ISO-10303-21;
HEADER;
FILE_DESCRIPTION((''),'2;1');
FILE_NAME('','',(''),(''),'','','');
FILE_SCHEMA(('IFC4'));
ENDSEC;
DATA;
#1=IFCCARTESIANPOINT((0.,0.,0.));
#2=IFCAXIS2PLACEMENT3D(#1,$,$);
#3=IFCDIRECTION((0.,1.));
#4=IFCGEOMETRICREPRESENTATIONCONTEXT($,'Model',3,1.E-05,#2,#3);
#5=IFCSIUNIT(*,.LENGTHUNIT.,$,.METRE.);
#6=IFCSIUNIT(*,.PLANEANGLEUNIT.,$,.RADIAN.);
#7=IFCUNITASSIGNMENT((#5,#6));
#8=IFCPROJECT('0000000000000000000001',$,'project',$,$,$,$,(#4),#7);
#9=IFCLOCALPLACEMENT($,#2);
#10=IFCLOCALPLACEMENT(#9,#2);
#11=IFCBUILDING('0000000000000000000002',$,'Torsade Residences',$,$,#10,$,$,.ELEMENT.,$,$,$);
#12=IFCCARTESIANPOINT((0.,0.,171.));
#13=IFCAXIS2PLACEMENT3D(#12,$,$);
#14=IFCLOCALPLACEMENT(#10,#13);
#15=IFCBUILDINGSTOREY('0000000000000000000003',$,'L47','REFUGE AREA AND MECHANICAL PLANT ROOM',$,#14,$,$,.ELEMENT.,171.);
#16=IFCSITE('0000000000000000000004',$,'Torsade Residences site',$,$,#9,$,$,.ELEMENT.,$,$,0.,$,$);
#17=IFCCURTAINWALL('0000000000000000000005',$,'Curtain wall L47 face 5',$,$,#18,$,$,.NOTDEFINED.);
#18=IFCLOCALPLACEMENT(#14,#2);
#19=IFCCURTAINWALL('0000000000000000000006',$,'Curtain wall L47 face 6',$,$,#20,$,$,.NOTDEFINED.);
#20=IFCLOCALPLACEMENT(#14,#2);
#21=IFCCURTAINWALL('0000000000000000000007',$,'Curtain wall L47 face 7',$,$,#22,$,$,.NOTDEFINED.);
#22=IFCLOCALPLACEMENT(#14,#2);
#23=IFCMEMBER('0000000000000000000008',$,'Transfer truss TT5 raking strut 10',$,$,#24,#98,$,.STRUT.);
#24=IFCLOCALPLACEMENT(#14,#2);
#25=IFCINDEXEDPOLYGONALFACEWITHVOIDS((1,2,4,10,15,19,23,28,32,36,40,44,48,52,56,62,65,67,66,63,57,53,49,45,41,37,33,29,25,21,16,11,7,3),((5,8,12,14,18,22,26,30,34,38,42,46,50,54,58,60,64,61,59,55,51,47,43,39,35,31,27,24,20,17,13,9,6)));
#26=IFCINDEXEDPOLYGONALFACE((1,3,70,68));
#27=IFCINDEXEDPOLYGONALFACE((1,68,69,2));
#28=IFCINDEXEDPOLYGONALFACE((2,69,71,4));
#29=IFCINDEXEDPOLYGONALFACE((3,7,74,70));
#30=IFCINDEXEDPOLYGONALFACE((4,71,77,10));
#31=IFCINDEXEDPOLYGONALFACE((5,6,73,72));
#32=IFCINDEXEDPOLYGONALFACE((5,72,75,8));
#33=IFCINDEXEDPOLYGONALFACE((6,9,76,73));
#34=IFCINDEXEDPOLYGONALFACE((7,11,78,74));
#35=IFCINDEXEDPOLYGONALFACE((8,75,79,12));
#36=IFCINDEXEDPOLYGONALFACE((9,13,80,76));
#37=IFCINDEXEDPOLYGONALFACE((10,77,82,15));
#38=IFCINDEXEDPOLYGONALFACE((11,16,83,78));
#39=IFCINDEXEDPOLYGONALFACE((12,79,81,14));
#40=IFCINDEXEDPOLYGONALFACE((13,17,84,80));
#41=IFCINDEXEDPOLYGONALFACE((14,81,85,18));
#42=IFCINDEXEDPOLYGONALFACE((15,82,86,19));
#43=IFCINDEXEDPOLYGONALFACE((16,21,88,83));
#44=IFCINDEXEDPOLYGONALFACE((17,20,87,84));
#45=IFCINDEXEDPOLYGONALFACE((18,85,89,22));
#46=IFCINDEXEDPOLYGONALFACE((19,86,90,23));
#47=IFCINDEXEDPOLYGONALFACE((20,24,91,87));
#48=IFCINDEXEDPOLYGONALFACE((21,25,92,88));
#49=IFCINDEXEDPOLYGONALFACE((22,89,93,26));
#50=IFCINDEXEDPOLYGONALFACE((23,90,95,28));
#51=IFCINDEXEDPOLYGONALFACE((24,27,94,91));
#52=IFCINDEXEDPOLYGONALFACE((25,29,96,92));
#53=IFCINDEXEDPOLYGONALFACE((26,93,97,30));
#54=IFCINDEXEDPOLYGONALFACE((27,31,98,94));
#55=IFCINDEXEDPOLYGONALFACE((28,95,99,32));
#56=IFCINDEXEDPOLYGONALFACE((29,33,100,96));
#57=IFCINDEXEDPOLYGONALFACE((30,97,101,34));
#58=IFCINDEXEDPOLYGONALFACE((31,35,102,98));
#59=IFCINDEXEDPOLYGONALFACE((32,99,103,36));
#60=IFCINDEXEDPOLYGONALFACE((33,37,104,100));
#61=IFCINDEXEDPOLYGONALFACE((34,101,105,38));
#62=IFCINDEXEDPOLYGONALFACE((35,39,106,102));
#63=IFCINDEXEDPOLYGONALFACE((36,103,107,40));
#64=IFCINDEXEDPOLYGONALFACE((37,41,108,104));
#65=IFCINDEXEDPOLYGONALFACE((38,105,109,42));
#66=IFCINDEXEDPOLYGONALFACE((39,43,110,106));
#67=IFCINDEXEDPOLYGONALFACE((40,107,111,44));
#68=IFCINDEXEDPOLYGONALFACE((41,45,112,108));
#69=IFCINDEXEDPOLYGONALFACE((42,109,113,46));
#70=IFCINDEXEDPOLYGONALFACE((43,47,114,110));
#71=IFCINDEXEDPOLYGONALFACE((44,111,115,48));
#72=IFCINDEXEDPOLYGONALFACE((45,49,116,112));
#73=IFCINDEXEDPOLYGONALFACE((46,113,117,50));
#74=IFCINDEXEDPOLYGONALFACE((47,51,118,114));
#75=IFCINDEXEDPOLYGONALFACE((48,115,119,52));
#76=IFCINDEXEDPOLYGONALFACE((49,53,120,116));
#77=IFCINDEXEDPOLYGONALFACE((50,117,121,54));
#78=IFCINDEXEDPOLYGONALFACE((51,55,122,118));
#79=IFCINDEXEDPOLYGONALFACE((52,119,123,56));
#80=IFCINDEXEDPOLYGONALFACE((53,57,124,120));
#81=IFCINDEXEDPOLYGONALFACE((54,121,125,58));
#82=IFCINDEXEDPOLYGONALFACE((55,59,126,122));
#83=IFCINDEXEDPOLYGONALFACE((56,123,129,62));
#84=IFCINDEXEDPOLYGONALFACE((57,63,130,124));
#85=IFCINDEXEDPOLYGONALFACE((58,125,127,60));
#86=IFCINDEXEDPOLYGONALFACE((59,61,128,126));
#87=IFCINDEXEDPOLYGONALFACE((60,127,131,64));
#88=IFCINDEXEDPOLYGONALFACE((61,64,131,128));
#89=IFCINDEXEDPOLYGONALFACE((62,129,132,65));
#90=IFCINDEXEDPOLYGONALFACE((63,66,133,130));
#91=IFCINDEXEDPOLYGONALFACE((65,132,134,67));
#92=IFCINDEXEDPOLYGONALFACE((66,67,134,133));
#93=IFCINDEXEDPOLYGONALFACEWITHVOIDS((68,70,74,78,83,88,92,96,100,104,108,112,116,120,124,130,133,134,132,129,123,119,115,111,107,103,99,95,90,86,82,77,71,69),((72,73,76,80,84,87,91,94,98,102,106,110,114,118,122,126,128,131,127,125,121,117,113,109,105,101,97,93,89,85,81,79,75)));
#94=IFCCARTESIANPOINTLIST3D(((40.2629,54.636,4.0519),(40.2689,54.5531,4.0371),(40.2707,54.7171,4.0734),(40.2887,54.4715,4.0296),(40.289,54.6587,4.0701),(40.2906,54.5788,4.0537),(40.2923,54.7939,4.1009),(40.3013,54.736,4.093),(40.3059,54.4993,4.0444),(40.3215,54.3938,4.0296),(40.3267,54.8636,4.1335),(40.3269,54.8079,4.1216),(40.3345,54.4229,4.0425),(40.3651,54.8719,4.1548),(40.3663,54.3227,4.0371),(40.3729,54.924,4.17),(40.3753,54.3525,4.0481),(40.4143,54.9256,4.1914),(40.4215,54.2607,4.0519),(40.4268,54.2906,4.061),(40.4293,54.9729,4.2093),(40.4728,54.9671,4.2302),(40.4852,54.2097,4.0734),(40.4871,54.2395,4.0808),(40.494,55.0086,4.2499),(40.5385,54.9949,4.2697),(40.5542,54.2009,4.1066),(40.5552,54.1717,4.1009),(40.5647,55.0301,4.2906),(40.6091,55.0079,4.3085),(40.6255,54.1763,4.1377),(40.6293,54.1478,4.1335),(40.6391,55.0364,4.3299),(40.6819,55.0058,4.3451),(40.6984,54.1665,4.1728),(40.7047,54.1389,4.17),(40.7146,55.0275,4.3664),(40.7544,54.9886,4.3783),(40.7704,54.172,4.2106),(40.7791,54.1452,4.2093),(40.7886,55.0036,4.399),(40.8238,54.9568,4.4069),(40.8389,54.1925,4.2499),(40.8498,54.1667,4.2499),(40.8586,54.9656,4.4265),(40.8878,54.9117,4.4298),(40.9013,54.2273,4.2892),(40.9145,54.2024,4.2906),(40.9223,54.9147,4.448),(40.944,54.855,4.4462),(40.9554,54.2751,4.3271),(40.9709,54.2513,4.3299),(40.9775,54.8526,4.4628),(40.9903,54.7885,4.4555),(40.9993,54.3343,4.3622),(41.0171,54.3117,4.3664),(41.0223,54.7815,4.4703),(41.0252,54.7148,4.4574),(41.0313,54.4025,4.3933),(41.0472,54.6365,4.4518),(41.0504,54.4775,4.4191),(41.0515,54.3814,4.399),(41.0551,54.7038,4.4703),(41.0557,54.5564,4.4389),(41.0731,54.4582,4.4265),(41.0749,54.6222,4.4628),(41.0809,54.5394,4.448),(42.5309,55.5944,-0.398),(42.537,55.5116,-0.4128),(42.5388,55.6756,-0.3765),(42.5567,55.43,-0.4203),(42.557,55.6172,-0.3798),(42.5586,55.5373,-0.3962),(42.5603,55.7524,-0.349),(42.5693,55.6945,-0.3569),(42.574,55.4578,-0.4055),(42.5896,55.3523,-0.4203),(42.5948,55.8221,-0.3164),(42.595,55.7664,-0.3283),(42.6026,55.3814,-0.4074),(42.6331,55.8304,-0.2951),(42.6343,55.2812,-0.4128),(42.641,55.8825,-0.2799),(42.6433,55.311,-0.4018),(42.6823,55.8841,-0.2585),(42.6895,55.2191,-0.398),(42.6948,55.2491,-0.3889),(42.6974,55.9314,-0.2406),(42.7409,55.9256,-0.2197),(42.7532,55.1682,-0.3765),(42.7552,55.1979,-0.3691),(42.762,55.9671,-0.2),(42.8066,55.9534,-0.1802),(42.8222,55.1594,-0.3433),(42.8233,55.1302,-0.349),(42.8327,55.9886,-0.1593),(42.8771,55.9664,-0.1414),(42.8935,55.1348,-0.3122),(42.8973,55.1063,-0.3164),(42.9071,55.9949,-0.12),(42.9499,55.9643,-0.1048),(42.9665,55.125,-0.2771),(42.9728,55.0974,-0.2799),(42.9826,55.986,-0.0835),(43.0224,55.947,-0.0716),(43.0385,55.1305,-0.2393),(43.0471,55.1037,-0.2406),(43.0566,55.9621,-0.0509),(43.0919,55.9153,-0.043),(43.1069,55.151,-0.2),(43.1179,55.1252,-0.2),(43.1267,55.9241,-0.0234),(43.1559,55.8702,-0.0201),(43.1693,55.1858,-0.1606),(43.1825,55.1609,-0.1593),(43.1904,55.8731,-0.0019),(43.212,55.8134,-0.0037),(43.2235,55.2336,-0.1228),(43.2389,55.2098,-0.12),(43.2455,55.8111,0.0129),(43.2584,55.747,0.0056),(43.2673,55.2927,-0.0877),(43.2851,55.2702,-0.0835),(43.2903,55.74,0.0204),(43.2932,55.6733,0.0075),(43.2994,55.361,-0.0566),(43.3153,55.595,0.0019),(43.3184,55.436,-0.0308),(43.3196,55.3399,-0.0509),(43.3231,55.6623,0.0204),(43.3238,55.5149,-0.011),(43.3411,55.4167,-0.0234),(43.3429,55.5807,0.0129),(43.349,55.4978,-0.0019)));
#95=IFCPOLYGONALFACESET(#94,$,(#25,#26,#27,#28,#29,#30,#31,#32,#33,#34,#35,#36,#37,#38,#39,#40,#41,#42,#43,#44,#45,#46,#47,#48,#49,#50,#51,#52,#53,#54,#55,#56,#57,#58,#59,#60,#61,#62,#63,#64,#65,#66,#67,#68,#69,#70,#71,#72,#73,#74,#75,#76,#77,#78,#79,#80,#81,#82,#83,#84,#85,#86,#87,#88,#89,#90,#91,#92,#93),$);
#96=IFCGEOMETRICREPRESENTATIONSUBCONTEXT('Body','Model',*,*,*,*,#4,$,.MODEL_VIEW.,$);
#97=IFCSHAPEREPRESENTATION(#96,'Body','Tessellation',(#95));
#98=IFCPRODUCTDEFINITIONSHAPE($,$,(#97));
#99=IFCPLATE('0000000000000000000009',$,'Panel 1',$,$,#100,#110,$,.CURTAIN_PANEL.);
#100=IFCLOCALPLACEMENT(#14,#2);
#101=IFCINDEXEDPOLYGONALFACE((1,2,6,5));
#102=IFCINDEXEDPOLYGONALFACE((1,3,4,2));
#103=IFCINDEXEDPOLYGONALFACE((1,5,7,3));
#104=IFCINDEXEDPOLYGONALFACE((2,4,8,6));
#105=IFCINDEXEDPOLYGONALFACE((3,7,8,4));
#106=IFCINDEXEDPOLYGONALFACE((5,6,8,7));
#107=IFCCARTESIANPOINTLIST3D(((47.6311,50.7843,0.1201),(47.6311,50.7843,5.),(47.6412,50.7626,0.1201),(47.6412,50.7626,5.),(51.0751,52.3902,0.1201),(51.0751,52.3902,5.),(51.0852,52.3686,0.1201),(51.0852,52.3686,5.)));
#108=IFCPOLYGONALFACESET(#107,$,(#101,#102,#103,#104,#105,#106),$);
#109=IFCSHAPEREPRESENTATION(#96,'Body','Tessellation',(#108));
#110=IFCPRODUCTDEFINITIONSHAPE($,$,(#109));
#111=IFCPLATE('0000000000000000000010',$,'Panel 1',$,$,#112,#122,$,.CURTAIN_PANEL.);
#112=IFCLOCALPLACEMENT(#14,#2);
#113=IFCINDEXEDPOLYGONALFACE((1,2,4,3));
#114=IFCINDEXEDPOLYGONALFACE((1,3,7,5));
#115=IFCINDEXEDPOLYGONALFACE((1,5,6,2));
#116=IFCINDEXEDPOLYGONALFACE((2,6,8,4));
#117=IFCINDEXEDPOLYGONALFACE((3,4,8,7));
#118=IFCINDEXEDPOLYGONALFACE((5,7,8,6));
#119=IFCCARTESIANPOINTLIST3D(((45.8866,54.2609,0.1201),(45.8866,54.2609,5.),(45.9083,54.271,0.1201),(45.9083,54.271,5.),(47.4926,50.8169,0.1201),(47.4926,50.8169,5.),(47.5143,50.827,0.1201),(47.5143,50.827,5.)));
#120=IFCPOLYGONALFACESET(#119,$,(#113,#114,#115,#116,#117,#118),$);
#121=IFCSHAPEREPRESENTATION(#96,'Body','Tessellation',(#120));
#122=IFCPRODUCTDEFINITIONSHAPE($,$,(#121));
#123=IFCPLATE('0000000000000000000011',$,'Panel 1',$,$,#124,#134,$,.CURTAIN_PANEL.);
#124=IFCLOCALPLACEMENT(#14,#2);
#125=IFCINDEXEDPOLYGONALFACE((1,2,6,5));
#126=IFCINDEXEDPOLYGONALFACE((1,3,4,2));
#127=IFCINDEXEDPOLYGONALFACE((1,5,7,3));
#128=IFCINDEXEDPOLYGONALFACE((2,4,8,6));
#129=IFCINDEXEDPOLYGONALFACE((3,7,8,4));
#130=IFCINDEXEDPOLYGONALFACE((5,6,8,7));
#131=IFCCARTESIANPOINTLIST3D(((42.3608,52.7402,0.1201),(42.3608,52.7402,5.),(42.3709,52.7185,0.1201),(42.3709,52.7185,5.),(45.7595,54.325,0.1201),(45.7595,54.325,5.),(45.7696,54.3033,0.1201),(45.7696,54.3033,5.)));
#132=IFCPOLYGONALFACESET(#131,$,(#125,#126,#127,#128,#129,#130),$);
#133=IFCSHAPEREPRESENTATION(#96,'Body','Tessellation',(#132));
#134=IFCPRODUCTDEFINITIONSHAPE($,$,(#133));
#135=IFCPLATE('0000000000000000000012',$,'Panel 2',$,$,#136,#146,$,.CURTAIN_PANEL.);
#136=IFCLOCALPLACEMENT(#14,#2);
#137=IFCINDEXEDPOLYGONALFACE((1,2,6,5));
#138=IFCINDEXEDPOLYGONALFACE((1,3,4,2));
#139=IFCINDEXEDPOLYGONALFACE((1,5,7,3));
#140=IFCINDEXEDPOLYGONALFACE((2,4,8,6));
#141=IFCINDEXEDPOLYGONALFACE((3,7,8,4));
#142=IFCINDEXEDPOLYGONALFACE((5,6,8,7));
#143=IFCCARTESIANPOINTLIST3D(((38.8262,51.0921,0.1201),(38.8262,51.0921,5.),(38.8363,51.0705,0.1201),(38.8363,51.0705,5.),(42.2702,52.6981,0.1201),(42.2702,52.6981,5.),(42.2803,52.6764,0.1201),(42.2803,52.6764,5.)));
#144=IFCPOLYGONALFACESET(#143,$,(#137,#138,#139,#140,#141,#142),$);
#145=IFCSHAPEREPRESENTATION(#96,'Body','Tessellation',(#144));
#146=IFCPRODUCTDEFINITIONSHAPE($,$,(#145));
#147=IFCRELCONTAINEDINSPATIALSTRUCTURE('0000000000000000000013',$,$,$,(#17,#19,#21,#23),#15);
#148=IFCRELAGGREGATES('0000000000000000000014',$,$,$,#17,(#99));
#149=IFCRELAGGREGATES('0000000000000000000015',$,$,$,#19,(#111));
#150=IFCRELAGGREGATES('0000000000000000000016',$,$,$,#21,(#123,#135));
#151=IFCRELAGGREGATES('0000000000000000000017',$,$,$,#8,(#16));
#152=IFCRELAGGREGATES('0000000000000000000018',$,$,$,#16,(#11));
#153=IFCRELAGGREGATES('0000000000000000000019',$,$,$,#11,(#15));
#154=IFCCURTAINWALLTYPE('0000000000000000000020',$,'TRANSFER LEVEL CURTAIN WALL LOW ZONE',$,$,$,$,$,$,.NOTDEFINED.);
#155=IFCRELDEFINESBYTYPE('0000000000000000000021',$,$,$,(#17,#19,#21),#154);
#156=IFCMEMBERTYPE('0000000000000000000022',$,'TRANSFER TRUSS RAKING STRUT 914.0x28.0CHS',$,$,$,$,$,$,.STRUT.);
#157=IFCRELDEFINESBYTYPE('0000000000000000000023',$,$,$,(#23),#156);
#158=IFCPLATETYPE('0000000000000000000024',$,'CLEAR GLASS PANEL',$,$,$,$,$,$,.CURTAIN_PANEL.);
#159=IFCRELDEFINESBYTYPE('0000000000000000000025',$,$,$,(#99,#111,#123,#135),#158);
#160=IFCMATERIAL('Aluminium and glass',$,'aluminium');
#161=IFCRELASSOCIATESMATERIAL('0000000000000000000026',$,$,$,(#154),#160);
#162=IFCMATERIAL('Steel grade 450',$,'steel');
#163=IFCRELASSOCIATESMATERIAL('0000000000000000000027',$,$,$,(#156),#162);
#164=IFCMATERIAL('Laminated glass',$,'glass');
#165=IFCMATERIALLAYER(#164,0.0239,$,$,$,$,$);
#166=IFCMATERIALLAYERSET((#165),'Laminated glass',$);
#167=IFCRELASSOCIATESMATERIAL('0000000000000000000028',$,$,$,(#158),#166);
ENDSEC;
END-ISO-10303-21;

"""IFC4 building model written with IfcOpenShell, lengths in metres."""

from ifc_helpers import new_model, si_unit, direction, frame, origin, origin_2d, place, context, subcontext, project, spatial, rectangle, hollow_circle, extrude, material, layer, layer_set, material_profile, profile_set, type_object, element, aggregate, save


model = new_model("IFC4")

# Units and contexts
model_context = context("Model", 3, precision=1e-05, world=origin(), true_north=direction((0.0, 1.0)))
body_context = subcontext(model_context, "Body", "Model", "MODEL_VIEW")
ifc_project = project(units=[si_unit("LENGTHUNIT", "METRE"), si_unit("PLANEANGLEUNIT", "RADIAN")], contexts=[model_context])

# Site, building, storey
site_placement = place(None, origin())
site = spatial("IfcSite", under=ifc_project, at=site_placement, Name="Torsade Residences site", CompositionType="ELEMENT", RefElevation=0.0)
building_placement = place(site_placement, origin())
building = spatial("IfcBuilding", under=site, at=building_placement, Name="Torsade Residences", CompositionType="ELEMENT")
storey_placement = place(building_placement, frame((0.0, 0.0, 171.0)))
storey = spatial("IfcBuildingStorey", under=building, at=storey_placement, Name="L47", Description="REFUGE AREA AND MECHANICAL PLANT ROOM", CompositionType="ELEMENT", Elevation=171.0)

# Curtain walls
ifc_material_1 = material(Name="Aluminium and glass", Category="aluminium")
curtain_wall_type = type_object("IfcCurtainWallType", Name="TRANSFER LEVEL CURTAIN WALL LOW ZONE", PredefinedType="NOTDEFINED", material=ifc_material_1)
curtain_wall_1_placement = place(storey_placement, origin())
curtain_wall_1 = element("IfcCurtainWall", 1, at=curtain_wall_1_placement, inside=storey, type_object=curtain_wall_type, Name="Curtain wall L47 face 5", PredefinedType="NOTDEFINED")
curtain_wall_2_placement = place(storey_placement, origin())
curtain_wall_2 = element("IfcCurtainWall", 2, at=curtain_wall_2_placement, inside=storey, type_object=curtain_wall_type, Name="Curtain wall L47 face 6", PredefinedType="NOTDEFINED")

# Curtain wall
curtain_wall_3_placement = place(storey_placement, origin())
curtain_wall_3 = element("IfcCurtainWall", 3, at=curtain_wall_3_placement, inside=storey, type_object=curtain_wall_type, Name="Curtain wall L47 face 7", PredefinedType="NOTDEFINED")

# Member
ifc_material_2 = material(Name="Steel grade 450", Category="steel")
ifc_material_profile_1 = material_profile(ifc_material_2, hollow_circle(Radius=0.457, WallThickness=0.0281, at=origin_2d()), Name="914.0x28.0CHS")
ifc_profile_set_1 = profile_set([ifc_material_profile_1], Name="Steel grade 450")
member_type_1 = type_object("IfcMemberType", Name="TRANSFER TRUSS RAKING STRUT 914.0x28.0CHS", PredefinedType="STRUT", material=ifc_profile_set_1)
member_1_placement = place(storey_placement, frame((42.9399, 55.5461, -0.2), z_axis=(-0.445965, -0.188467, 0.874983), x_axis=(0.389271, -0.921123, 0.0)))
element("IfcMember", 4, at=member_1_placement, inside=storey, type_object=member_type_1, Name="Transfer truss TT5 raking strut 10", PredefinedType="STRUT", context=body_context, shape_type="SweptSolid", body=[
    extrude(hollow_circle(Radius=0.457, WallThickness=0.0281, at=origin_2d()), origin(), (0.0, 0.0, 1.0), 5.0857),
])

# Plates
ifc_material_3 = material(Name="Laminated glass", Category="glass")
ifc_layer = layer(ifc_material_3, 0.0239)
ifc_layer_set = layer_set([ifc_layer], Name="Laminated glass")
plate_type = type_object("IfcPlateType", Name="CLEAR GLASS PANEL", PredefinedType="CURTAIN_PANEL", material=ifc_layer_set)
plate_1_placement = place(storey_placement, frame((49.3582, 51.5764, 0.1201), z_axis=(0.0, 0.0, 1.0), x_axis=(-0.906308, -0.422618, 0.0)))
plate_1 = element("IfcPlate", 5, at=plate_1_placement, type_object=plate_type, Name="Panel 1", PredefinedType="CURTAIN_PANEL", context=body_context, shape_type="SweptSolid", body=[
    extrude(rectangle(XDim=3.8, YDim=0.0239, at=origin_2d()), origin(), (0.0, 0.0, 1.0), 4.8799),
])
aggregate(curtain_wall_1, [plate_1])
plate_2_placement = place(storey_placement, frame((46.7004, 52.5439, 0.1201), z_axis=(0.0, 0.0, 1.0), x_axis=(-0.422618, 0.906308, 0.0)))
plate_2 = element("IfcPlate", 6, at=plate_2_placement, type_object=plate_type, Name="Panel 1", PredefinedType="CURTAIN_PANEL", context=body_context, shape_type="SweptSolid", body=[
    extrude(rectangle(XDim=3.8, YDim=0.0239, at=origin_2d()), origin(), (0.0, 0.0, 1.0), 4.8799),
])
aggregate(curtain_wall_2, [plate_2])
plate_3_placement = place(storey_placement, frame((44.0652, 53.5217, 0.1201), z_axis=(0.0, 0.0, 1.0), x_axis=(-0.906308, -0.422618, 0.0)))
plate_3 = element("IfcPlate", 7, at=plate_3_placement, type_object=plate_type, Name="Panel 1", PredefinedType="CURTAIN_PANEL", context=body_context, shape_type="SweptSolid", body=[
    extrude(rectangle(XDim=3.75, YDim=0.0239, at=origin_2d()), origin(), (0.0, 0.0, 1.0), 4.8799),
])
plate_4_placement = place(storey_placement, frame((40.5532, 51.8843, 0.1201), z_axis=(0.0, 0.0, 1.0), x_axis=(-0.906308, -0.422618, 0.0)))
plate_4 = element("IfcPlate", 8, at=plate_4_placement, type_object=plate_type, Name="Panel 2", PredefinedType="CURTAIN_PANEL", context=body_context, shape_type="SweptSolid", body=[
    extrude(rectangle(XDim=3.8, YDim=0.0239, at=origin_2d()), origin(), (0.0, 0.0, 1.0), 4.8799),
])
aggregate(curtain_wall_3, [plate_3, plate_4])

save(model, "model.ifc")
